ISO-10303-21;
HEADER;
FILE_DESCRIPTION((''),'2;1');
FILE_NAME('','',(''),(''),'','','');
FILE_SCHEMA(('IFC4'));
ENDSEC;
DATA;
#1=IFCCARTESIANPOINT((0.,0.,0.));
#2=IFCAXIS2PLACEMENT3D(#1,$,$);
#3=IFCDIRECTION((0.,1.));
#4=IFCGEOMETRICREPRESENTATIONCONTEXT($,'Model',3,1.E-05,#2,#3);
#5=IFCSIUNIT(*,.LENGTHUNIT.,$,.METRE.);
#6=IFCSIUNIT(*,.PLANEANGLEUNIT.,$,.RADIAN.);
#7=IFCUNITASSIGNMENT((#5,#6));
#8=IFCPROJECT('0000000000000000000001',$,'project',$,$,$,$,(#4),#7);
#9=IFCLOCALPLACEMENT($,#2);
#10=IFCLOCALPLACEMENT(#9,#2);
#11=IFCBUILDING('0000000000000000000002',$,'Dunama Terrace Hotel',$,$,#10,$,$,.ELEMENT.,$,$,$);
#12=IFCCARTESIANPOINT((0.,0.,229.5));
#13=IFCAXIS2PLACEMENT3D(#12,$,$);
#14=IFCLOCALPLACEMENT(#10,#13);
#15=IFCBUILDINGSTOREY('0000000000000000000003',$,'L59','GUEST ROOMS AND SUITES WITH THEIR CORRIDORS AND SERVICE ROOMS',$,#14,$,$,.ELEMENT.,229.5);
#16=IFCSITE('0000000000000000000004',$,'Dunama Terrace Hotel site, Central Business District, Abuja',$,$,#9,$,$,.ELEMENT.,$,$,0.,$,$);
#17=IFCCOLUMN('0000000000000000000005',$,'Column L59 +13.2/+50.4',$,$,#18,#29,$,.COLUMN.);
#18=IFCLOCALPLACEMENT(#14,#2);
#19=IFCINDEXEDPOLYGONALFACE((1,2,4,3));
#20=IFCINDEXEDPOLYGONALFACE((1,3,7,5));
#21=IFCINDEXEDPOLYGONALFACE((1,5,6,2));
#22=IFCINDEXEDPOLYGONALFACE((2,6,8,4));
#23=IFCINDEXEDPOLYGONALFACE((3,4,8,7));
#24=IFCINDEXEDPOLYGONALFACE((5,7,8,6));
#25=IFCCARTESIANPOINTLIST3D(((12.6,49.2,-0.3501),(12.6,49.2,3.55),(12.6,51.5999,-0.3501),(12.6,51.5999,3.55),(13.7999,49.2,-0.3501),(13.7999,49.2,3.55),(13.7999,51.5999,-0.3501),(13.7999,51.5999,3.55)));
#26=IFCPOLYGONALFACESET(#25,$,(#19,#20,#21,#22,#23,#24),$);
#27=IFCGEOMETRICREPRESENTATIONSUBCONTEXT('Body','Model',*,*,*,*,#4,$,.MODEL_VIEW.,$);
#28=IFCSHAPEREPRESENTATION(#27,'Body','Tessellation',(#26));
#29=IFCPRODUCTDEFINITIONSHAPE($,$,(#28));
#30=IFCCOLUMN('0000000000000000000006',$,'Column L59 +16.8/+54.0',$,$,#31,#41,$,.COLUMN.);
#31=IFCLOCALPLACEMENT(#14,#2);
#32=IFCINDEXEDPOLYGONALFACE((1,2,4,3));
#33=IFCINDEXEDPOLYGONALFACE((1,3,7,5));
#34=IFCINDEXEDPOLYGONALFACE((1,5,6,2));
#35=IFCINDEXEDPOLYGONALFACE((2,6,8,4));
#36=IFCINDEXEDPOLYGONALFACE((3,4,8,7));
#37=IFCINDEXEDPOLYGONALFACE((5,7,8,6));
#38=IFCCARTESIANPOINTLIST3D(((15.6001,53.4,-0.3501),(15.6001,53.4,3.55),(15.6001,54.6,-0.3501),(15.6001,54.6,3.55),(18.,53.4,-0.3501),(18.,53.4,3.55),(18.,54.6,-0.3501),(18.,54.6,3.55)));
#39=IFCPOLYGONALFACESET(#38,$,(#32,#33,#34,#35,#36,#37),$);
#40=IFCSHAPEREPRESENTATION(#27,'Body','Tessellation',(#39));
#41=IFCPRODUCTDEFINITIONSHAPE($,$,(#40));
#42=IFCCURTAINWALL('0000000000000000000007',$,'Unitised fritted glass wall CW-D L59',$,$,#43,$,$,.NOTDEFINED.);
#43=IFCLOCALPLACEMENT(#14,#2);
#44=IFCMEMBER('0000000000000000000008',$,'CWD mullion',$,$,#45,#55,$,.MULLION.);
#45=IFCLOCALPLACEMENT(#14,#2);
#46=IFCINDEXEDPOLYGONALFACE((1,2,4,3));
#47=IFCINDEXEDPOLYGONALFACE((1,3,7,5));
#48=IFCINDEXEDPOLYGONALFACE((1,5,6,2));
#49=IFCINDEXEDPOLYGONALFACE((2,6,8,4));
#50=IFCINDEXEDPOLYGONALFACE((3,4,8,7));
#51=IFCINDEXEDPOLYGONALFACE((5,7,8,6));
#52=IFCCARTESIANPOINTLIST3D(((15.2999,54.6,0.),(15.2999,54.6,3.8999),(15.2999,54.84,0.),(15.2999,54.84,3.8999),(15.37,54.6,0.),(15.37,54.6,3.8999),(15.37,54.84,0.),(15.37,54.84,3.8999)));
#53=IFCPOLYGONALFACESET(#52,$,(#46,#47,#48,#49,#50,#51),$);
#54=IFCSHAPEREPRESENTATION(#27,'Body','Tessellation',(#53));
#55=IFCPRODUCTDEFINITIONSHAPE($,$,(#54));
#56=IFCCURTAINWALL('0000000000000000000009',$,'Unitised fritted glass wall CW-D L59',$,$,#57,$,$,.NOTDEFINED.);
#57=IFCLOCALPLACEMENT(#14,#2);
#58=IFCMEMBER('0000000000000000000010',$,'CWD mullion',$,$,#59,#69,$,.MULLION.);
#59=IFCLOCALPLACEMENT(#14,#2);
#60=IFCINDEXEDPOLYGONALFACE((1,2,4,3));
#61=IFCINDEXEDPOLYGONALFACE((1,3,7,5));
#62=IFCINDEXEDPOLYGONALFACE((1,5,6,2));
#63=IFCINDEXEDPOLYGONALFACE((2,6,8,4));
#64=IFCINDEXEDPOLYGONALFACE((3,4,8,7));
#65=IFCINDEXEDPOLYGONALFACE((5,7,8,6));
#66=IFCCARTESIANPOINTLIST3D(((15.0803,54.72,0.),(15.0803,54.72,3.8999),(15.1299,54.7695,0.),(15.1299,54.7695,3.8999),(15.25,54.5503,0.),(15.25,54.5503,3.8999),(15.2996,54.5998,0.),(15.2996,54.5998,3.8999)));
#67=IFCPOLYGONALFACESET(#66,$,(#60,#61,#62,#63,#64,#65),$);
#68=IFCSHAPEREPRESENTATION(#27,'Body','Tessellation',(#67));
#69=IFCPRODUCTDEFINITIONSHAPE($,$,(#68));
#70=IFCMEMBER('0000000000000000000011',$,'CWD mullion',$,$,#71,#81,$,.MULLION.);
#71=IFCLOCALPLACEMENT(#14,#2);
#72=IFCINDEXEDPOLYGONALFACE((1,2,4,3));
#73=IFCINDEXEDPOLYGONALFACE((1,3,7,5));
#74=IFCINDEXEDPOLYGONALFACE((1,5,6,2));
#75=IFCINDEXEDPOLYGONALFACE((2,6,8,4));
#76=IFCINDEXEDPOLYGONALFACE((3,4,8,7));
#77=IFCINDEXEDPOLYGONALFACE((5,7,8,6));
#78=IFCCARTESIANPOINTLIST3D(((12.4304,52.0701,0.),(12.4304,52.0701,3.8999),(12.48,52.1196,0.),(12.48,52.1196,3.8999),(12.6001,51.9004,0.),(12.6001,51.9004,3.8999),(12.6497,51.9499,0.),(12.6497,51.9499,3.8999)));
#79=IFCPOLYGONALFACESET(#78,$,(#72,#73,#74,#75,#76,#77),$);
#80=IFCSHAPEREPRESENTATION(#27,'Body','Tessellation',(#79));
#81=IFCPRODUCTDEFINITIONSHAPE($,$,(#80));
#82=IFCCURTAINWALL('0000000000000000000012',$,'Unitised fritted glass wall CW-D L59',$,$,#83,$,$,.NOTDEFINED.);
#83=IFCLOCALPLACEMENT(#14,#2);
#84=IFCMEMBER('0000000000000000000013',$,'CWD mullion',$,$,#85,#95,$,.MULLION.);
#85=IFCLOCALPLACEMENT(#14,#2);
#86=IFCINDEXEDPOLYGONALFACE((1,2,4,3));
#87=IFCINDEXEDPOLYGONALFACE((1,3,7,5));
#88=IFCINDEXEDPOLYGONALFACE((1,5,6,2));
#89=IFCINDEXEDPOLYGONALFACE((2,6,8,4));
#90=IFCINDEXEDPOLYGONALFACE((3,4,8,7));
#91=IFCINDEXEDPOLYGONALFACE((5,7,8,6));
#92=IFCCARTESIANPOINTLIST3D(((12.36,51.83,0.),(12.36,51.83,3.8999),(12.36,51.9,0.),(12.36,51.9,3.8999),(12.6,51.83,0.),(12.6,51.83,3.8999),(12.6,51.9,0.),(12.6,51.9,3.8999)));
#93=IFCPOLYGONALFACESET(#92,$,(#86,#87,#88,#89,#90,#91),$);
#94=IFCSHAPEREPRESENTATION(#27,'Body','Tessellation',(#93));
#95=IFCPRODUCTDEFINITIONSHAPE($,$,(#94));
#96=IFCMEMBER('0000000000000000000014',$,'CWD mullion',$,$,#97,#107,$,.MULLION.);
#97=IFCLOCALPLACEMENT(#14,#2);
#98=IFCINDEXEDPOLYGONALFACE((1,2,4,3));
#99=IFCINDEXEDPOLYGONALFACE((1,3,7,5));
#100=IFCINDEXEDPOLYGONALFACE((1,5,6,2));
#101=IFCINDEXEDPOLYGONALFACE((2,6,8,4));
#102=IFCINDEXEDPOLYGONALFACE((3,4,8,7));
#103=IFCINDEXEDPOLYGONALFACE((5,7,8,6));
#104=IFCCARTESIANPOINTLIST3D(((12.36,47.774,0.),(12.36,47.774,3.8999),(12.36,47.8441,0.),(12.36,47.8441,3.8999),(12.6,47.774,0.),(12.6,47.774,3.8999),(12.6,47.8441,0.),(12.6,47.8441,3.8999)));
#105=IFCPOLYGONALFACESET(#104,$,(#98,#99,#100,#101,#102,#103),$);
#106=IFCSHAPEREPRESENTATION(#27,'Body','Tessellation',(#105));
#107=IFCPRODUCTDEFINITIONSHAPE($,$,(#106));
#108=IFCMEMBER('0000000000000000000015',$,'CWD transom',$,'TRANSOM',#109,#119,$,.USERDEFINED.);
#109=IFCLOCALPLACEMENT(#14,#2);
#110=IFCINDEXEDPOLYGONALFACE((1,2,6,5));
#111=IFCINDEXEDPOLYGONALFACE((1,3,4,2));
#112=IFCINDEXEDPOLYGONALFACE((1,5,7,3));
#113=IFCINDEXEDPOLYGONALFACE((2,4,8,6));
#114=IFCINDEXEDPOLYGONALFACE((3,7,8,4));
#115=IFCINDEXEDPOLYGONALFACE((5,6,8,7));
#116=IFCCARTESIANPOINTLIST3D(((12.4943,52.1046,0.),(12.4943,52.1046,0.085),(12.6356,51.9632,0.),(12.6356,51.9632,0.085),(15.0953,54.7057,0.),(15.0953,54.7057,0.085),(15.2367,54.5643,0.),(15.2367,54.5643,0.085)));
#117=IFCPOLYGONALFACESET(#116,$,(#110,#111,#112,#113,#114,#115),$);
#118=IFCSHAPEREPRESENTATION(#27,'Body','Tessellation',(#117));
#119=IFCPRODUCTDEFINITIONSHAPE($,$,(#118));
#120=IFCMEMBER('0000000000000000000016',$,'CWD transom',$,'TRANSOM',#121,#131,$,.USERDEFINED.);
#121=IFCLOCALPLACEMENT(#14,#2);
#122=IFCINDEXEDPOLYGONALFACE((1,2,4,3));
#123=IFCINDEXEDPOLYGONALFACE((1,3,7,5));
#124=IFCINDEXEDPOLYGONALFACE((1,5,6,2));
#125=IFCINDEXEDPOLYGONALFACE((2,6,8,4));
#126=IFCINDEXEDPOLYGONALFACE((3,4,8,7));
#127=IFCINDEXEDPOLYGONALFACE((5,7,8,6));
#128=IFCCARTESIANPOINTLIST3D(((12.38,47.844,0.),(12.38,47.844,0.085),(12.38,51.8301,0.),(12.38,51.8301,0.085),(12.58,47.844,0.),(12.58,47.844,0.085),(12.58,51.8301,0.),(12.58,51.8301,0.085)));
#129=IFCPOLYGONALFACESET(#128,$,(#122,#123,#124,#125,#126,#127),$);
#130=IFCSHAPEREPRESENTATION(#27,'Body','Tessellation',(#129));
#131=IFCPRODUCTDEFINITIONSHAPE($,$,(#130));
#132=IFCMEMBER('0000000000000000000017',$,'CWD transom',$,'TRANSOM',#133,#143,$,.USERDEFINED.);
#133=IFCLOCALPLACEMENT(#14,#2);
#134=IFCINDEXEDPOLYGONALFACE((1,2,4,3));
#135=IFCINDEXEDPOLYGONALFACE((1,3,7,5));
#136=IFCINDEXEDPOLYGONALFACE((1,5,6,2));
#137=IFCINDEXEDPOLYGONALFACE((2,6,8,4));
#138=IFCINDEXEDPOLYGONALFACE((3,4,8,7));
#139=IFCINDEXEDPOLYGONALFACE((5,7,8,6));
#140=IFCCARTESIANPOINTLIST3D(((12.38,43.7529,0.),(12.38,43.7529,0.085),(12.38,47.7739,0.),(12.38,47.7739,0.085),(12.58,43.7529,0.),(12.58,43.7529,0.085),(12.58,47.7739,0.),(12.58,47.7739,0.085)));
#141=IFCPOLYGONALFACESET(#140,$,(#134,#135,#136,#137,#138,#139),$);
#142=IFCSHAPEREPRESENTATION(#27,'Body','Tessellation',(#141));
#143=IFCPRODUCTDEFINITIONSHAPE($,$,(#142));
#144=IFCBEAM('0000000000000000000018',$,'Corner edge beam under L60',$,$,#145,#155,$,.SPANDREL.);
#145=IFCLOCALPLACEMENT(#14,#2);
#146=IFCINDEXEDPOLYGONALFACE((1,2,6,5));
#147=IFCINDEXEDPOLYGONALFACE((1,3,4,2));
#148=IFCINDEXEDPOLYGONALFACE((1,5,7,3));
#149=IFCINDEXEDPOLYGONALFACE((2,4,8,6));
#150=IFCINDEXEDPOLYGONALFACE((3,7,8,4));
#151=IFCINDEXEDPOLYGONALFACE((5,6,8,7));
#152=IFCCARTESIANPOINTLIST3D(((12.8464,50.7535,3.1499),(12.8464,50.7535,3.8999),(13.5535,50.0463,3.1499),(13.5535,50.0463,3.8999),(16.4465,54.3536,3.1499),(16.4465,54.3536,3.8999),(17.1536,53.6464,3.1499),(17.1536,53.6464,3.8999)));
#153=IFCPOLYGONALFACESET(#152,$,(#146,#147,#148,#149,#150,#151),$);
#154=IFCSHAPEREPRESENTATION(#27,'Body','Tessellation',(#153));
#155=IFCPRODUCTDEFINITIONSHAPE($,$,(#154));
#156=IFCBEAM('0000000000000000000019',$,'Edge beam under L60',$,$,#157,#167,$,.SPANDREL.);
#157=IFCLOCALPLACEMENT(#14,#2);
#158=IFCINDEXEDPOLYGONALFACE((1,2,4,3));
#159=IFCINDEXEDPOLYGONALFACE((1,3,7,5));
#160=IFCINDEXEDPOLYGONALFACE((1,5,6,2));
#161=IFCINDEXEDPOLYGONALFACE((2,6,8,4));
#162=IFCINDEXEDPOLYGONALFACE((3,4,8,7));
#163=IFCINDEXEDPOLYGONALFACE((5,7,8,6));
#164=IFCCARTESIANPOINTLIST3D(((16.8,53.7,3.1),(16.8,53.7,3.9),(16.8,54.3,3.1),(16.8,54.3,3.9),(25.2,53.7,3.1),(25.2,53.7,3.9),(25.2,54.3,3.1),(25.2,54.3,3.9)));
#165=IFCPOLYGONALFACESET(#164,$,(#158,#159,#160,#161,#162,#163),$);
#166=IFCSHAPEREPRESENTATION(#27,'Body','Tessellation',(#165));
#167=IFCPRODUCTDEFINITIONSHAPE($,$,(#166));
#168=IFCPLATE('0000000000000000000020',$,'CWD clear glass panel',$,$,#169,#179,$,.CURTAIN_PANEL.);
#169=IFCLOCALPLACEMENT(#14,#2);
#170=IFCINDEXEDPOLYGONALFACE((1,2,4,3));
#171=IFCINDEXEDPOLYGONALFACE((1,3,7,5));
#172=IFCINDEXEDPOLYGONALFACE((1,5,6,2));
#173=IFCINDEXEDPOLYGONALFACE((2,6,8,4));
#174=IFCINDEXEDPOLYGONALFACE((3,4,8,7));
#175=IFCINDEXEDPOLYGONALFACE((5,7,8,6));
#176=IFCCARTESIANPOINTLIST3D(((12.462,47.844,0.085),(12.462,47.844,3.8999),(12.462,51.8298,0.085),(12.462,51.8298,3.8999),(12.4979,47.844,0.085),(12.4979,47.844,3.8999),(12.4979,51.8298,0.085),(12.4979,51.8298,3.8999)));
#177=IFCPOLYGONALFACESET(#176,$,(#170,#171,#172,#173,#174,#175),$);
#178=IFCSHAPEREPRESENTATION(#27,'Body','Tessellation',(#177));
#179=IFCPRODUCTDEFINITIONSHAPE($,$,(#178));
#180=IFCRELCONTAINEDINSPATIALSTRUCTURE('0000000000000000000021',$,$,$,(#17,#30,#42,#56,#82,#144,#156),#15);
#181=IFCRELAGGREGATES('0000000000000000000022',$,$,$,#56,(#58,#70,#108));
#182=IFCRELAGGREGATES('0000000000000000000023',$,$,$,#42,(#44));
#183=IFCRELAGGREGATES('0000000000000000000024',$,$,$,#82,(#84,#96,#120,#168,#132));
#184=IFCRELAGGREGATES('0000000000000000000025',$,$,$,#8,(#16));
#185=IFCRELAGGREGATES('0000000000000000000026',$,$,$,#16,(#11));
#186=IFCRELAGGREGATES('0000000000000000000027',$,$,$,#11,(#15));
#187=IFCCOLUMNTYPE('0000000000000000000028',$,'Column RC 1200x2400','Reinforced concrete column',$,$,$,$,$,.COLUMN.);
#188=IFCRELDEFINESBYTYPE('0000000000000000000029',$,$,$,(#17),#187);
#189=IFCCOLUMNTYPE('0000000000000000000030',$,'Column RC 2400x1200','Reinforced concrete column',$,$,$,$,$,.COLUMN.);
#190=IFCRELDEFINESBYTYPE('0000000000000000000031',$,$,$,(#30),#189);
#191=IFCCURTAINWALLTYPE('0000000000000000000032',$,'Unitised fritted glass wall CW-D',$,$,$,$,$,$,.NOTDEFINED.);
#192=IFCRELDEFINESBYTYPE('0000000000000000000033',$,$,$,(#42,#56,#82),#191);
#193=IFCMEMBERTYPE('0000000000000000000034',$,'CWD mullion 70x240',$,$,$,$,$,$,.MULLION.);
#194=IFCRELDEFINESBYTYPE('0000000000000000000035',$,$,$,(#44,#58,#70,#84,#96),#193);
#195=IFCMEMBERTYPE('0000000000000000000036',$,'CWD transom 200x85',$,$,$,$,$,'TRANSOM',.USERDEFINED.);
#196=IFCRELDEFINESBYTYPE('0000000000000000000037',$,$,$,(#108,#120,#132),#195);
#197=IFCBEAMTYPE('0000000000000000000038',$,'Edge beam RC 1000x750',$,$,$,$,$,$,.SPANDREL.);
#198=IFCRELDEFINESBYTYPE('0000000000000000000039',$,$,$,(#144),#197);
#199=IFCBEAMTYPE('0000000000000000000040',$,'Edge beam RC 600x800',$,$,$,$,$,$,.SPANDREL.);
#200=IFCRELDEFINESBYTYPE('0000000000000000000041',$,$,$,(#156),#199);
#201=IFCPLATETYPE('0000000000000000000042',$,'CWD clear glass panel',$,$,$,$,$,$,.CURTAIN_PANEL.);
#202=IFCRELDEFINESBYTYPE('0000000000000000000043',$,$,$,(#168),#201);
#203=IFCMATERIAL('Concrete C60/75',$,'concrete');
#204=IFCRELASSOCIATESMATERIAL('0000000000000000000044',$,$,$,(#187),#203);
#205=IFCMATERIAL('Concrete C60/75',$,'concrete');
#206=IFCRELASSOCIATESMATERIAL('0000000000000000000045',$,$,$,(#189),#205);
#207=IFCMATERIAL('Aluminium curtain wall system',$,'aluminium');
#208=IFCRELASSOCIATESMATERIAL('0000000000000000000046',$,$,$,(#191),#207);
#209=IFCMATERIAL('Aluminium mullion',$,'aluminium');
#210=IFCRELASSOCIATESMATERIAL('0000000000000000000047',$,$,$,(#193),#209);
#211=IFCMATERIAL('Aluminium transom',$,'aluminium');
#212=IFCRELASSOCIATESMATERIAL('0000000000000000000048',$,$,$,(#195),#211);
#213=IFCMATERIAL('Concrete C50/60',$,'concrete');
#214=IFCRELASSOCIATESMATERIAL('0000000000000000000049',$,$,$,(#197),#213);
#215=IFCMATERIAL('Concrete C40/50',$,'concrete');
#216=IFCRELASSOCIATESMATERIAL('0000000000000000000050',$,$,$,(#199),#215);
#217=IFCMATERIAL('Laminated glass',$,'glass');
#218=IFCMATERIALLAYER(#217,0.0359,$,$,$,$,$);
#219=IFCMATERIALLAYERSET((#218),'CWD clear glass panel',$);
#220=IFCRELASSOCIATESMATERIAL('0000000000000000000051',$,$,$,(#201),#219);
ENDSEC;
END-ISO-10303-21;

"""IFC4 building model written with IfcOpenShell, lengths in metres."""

from ifc_helpers import new_model, si_unit, direction, frame, origin, origin_2d, place, context, subcontext, project, spatial, rectangle, extrude, material, layer, layer_set, material_profile, profile_set, type_object, element, aggregate, save


model = new_model("IFC4")

# Units and contexts
model_context = context("Model", 3, precision=1e-05, world=origin(), true_north=direction((0.0, 1.0)))
body_context = subcontext(model_context, "Body", "Model", "MODEL_VIEW")
ifc_project = project(units=[si_unit("LENGTHUNIT", "METRE"), si_unit("PLANEANGLEUNIT", "RADIAN")], contexts=[model_context])

# Site, building, storey
site_placement = place(None, origin())
site = spatial("IfcSite", under=ifc_project, at=site_placement, Name="Dunama Terrace Hotel site, Central Business District, Abuja", CompositionType="ELEMENT", RefElevation=0.0)
building_placement = place(site_placement, origin())
building = spatial("IfcBuilding", under=site, at=building_placement, Name="Dunama Terrace Hotel", CompositionType="ELEMENT")
storey_placement = place(building_placement, frame((0.0, 0.0, 229.5)))
storey = spatial("IfcBuildingStorey", under=building, at=storey_placement, Name="L59", Description="GUEST ROOMS AND SUITES WITH THEIR CORRIDORS AND SERVICE ROOMS", CompositionType="ELEMENT", Elevation=229.5)

# Columns
ifc_material_1 = material(Name="Concrete C60/75", Category="concrete")
ifc_material_profile_1 = material_profile(ifc_material_1, rectangle(XDim=1.2, YDim=2.3999, at=origin_2d()), Name="RC 1200x2400")
ifc_profile_set_1 = profile_set([ifc_material_profile_1], Name="Concrete C60/75")
column_type_1 = type_object("IfcColumnType", Name="Column RC 1200x2400", Description="Reinforced concrete column", PredefinedType="COLUMN", material=ifc_profile_set_1)
column_1_placement = place(storey_placement, frame((13.2, 50.3999, -0.3501), z_axis=(0.0, 0.0, 1.0), x_axis=(1.0, 0.0, 0.0)))
element("IfcColumn", 1, at=column_1_placement, inside=storey, type_object=column_type_1, Name="Column L59 +13.2/+50.4", PredefinedType="COLUMN", context=body_context, shape_type="SweptSolid", body=[
    extrude(rectangle(XDim=1.2, YDim=2.3999, at=origin_2d()), origin(), (0.0, 0.0, 1.0), 3.9001),
])
ifc_material_2 = material(Name="Concrete C60/75", Category="concrete")
ifc_material_profile_2 = material_profile(ifc_material_2, rectangle(XDim=2.3999, YDim=1.2, at=origin_2d()), Name="RC 2400x1200")
ifc_profile_set_2 = profile_set([ifc_material_profile_2], Name="Concrete C60/75")
column_type_2 = type_object("IfcColumnType", Name="Column RC 2400x1200", Description="Reinforced concrete column", PredefinedType="COLUMN", material=ifc_profile_set_2)
column_2_placement = place(storey_placement, frame((16.8, 54.0, -0.3501), z_axis=(0.0, 0.0, 1.0), x_axis=(1.0, 0.0, 0.0)))
element("IfcColumn", 2, at=column_2_placement, inside=storey, type_object=column_type_2, Name="Column L59 +16.8/+54.0", PredefinedType="COLUMN", context=body_context, shape_type="SweptSolid", body=[
    extrude(rectangle(XDim=2.3999, YDim=1.2, at=origin_2d()), origin(), (0.0, 0.0, 1.0), 3.9001),
])

# Curtain wall, member
ifc_material_3 = material(Name="Aluminium curtain wall system", Category="aluminium")
curtain_wall_type = type_object("IfcCurtainWallType", Name="Unitised fritted glass wall CW-D", PredefinedType="NOTDEFINED", material=ifc_material_3)
curtain_wall_1_placement = place(storey_placement, origin())
curtain_wall_1 = element("IfcCurtainWall", 3, at=curtain_wall_1_placement, inside=storey, type_object=curtain_wall_type, Name="Unitised fritted glass wall CW-D L59", PredefinedType="NOTDEFINED")
ifc_material_4 = material(Name="Aluminium mullion", Category="aluminium")
ifc_material_profile_3 = material_profile(ifc_material_4, rectangle(XDim=0.0701, YDim=0.24, at=origin_2d()), Name="CWD MULLION 70X240")
ifc_profile_set_3 = profile_set([ifc_material_profile_3], Name="Aluminium mullion")
member_type_1 = type_object("IfcMemberType", Name="CWD mullion 70x240", PredefinedType="MULLION", material=ifc_profile_set_3)
member_1_placement = place(storey_placement, frame((15.335, 54.72, 0.0), z_axis=(0.0, 0.0, 1.0), x_axis=(-1.0, 0.0, 0.0)))
member_1 = element("IfcMember", 4, at=member_1_placement, type_object=member_type_1, Name="CWD mullion", PredefinedType="MULLION", context=body_context, shape_type="SweptSolid", body=[
    extrude(rectangle(XDim=0.0701, YDim=0.24, at=origin_2d()), origin(), (0.0, 0.0, 1.0), 3.8999),
])

# Curtain walls, members
curtain_wall_2_placement = place(storey_placement, origin())
curtain_wall_2 = element("IfcCurtainWall", 5, at=curtain_wall_2_placement, inside=storey, type_object=curtain_wall_type, Name="Unitised fritted glass wall CW-D L59", PredefinedType="NOTDEFINED")
member_2_placement = place(storey_placement, frame((15.1899, 54.6599, 0.0), z_axis=(0.0, 0.0, 1.0), x_axis=(-0.707107, -0.707107, 0.0)))
member_2 = element("IfcMember", 6, at=member_2_placement, type_object=member_type_1, Name="CWD mullion", PredefinedType="MULLION", context=body_context, shape_type="SweptSolid", body=[
    extrude(rectangle(XDim=0.0701, YDim=0.24, at=origin_2d()), origin(), (0.0, 0.0, 1.0), 3.8999),
])
member_3_placement = place(storey_placement, frame((12.54, 52.01, 0.0), z_axis=(0.0, 0.0, 1.0), x_axis=(-0.707107, -0.707107, 0.0)))
member_3 = element("IfcMember", 7, at=member_3_placement, type_object=member_type_1, Name="CWD mullion", PredefinedType="MULLION", context=body_context, shape_type="SweptSolid", body=[
    extrude(rectangle(XDim=0.0701, YDim=0.24, at=origin_2d()), origin(), (0.0, 0.0, 1.0), 3.8999),
])
curtain_wall_3_placement = place(storey_placement, origin())
curtain_wall_3 = element("IfcCurtainWall", 8, at=curtain_wall_3_placement, inside=storey, type_object=curtain_wall_type, Name="Unitised fritted glass wall CW-D L59", PredefinedType="NOTDEFINED")
member_4_placement = place(storey_placement, frame((12.48, 51.865, 0.0), z_axis=(0.0, 0.0, 1.0), x_axis=(0.0, -1.0, 0.0)))
member_4 = element("IfcMember", 9, at=member_4_placement, type_object=member_type_1, Name="CWD mullion", PredefinedType="MULLION", context=body_context, shape_type="SweptSolid", body=[
    extrude(rectangle(XDim=0.0701, YDim=0.24, at=origin_2d()), origin(), (0.0, 0.0, 1.0), 3.8999),
])
member_5_placement = place(storey_placement, frame((12.48, 47.8091, 0.0), z_axis=(0.0, 0.0, 1.0), x_axis=(0.0, -1.0, 0.0)))
member_5 = element("IfcMember", 10, at=member_5_placement, type_object=member_type_1, Name="CWD mullion", PredefinedType="MULLION", context=body_context, shape_type="SweptSolid", body=[
    extrude(rectangle(XDim=0.0701, YDim=0.24, at=origin_2d()), origin(), (0.0, 0.0, 1.0), 3.8999),
])

# Members
ifc_material_5 = material(Name="Aluminium transom", Category="aluminium")
ifc_material_profile_4 = material_profile(ifc_material_5, rectangle(XDim=0.2, YDim=0.085, at=origin_2d()), Name="CWD TRANSOM 200X85")
ifc_profile_set_4 = profile_set([ifc_material_profile_4], Name="Aluminium transom")
member_type_2 = type_object("IfcMemberType", Name="CWD transom 200x85", ElementType="TRANSOM", PredefinedType="USERDEFINED", material=ifc_profile_set_4)
member_6_placement = place(storey_placement, frame((15.166, 54.635, 0.0425), z_axis=(-0.707107, -0.707107, 0.0), x_axis=(0.707107, -0.707107, 0.0)))
member_6 = element("IfcMember", 11, at=member_6_placement, type_object=member_type_2, Name="CWD transom", ObjectType="TRANSOM", PredefinedType="USERDEFINED", context=body_context, shape_type="SweptSolid", body=[
    extrude(rectangle(XDim=0.2, YDim=0.085, at=origin_2d()), origin(), (0.0, 0.0, 1.0), 3.6785),
])
member_7_placement = place(storey_placement, frame((12.48, 51.8301, 0.0425), z_axis=(0.0, -1.0, 0.0), x_axis=(1.0, 0.0, 0.0)))
member_7 = element("IfcMember", 12, at=member_7_placement, type_object=member_type_2, Name="CWD transom", ObjectType="TRANSOM", PredefinedType="USERDEFINED", context=body_context, shape_type="SweptSolid", body=[
    extrude(rectangle(XDim=0.2, YDim=0.085, at=origin_2d()), origin(), (0.0, 0.0, 1.0), 3.9861),
])
member_8_placement = place(storey_placement, frame((12.48, 47.7739, 0.0425), z_axis=(0.0, -1.0, 0.0), x_axis=(1.0, 0.0, 0.0)))
member_8 = element("IfcMember", 13, at=member_8_placement, type_object=member_type_2, Name="CWD transom", ObjectType="TRANSOM", PredefinedType="USERDEFINED", context=body_context, shape_type="SweptSolid", body=[
    extrude(rectangle(XDim=0.2, YDim=0.085, at=origin_2d()), origin(), (0.0, 0.0, 1.0), 4.021),
])

# Beams
ifc_material_6 = material(Name="Concrete C50/60", Category="concrete")
ifc_material_profile_5 = material_profile(ifc_material_6, rectangle(XDim=1.0, YDim=0.75, at=origin_2d()), Name="RC 1000x750")
ifc_profile_set_5 = profile_set([ifc_material_profile_5], Name="Concrete C50/60")
beam_type_1 = type_object("IfcBeamType", Name="Edge beam RC 1000x750", PredefinedType="SPANDREL", material=ifc_profile_set_5)
beam_1_placement = place(storey_placement, frame((16.8, 54.0, 3.5249), z_axis=(-0.707107, -0.707107, 0.0), x_axis=(0.707107, -0.707107, 0.0)))
element("IfcBeam", 14, at=beam_1_placement, inside=storey, type_object=beam_type_1, Name="Corner edge beam under L60", PredefinedType="SPANDREL", context=body_context, shape_type="SweptSolid", body=[
    extrude(rectangle(XDim=1.0, YDim=0.75, at=origin_2d()), origin(), (0.0, 0.0, 1.0), 5.0913),
])
ifc_material_7 = material(Name="Concrete C40/50", Category="concrete")
ifc_material_profile_6 = material_profile(ifc_material_7, rectangle(XDim=0.6001, YDim=0.8, at=origin_2d()), Name="RC 600x800")
ifc_profile_set_6 = profile_set([ifc_material_profile_6], Name="Concrete C40/50")
beam_type_2 = type_object("IfcBeamType", Name="Edge beam RC 600x800", PredefinedType="SPANDREL", material=ifc_profile_set_6)
beam_2_placement = place(storey_placement, frame((16.8, 54.0, 3.5), z_axis=(1.0, 0.0, 0.0), x_axis=(0.0, 1.0, 0.0)))
element("IfcBeam", 15, at=beam_2_placement, inside=storey, type_object=beam_type_2, Name="Edge beam under L60", PredefinedType="SPANDREL", context=body_context, shape_type="SweptSolid", body=[
    extrude(rectangle(XDim=0.6001, YDim=0.8, at=origin_2d()), origin(), (0.0, 0.0, 1.0), 8.3999),
])

# Plate
ifc_material_8 = material(Name="Laminated glass", Category="glass")
ifc_layer_1 = layer(ifc_material_8, 0.0359)
ifc_layer_set_1 = layer_set([ifc_layer_1], Name="CWD clear glass panel")
plate_type_1 = type_object("IfcPlateType", Name="CWD clear glass panel", PredefinedType="CURTAIN_PANEL", material=ifc_layer_set_1)
plate_1_placement = place(storey_placement, frame((12.48, 49.8369, 0.085), z_axis=(0.0, 0.0, 1.0), x_axis=(0.0, -1.0, 0.0)))
plate_1 = element("IfcPlate", 16, at=plate_1_placement, type_object=plate_type_1, Name="CWD clear glass panel", PredefinedType="CURTAIN_PANEL", context=body_context, shape_type="SweptSolid", body=[
    extrude(rectangle(XDim=3.9858, YDim=0.0359, at=origin_2d()), origin(), (0.0, 0.0, 1.0), 3.8149),
])
aggregate(curtain_wall_2, [member_2, member_3, member_6])
aggregate(curtain_wall_1, [member_1])
aggregate(curtain_wall_3, [member_4, member_5, member_7, plate_1, member_8])

save(model, "model.ifc")
